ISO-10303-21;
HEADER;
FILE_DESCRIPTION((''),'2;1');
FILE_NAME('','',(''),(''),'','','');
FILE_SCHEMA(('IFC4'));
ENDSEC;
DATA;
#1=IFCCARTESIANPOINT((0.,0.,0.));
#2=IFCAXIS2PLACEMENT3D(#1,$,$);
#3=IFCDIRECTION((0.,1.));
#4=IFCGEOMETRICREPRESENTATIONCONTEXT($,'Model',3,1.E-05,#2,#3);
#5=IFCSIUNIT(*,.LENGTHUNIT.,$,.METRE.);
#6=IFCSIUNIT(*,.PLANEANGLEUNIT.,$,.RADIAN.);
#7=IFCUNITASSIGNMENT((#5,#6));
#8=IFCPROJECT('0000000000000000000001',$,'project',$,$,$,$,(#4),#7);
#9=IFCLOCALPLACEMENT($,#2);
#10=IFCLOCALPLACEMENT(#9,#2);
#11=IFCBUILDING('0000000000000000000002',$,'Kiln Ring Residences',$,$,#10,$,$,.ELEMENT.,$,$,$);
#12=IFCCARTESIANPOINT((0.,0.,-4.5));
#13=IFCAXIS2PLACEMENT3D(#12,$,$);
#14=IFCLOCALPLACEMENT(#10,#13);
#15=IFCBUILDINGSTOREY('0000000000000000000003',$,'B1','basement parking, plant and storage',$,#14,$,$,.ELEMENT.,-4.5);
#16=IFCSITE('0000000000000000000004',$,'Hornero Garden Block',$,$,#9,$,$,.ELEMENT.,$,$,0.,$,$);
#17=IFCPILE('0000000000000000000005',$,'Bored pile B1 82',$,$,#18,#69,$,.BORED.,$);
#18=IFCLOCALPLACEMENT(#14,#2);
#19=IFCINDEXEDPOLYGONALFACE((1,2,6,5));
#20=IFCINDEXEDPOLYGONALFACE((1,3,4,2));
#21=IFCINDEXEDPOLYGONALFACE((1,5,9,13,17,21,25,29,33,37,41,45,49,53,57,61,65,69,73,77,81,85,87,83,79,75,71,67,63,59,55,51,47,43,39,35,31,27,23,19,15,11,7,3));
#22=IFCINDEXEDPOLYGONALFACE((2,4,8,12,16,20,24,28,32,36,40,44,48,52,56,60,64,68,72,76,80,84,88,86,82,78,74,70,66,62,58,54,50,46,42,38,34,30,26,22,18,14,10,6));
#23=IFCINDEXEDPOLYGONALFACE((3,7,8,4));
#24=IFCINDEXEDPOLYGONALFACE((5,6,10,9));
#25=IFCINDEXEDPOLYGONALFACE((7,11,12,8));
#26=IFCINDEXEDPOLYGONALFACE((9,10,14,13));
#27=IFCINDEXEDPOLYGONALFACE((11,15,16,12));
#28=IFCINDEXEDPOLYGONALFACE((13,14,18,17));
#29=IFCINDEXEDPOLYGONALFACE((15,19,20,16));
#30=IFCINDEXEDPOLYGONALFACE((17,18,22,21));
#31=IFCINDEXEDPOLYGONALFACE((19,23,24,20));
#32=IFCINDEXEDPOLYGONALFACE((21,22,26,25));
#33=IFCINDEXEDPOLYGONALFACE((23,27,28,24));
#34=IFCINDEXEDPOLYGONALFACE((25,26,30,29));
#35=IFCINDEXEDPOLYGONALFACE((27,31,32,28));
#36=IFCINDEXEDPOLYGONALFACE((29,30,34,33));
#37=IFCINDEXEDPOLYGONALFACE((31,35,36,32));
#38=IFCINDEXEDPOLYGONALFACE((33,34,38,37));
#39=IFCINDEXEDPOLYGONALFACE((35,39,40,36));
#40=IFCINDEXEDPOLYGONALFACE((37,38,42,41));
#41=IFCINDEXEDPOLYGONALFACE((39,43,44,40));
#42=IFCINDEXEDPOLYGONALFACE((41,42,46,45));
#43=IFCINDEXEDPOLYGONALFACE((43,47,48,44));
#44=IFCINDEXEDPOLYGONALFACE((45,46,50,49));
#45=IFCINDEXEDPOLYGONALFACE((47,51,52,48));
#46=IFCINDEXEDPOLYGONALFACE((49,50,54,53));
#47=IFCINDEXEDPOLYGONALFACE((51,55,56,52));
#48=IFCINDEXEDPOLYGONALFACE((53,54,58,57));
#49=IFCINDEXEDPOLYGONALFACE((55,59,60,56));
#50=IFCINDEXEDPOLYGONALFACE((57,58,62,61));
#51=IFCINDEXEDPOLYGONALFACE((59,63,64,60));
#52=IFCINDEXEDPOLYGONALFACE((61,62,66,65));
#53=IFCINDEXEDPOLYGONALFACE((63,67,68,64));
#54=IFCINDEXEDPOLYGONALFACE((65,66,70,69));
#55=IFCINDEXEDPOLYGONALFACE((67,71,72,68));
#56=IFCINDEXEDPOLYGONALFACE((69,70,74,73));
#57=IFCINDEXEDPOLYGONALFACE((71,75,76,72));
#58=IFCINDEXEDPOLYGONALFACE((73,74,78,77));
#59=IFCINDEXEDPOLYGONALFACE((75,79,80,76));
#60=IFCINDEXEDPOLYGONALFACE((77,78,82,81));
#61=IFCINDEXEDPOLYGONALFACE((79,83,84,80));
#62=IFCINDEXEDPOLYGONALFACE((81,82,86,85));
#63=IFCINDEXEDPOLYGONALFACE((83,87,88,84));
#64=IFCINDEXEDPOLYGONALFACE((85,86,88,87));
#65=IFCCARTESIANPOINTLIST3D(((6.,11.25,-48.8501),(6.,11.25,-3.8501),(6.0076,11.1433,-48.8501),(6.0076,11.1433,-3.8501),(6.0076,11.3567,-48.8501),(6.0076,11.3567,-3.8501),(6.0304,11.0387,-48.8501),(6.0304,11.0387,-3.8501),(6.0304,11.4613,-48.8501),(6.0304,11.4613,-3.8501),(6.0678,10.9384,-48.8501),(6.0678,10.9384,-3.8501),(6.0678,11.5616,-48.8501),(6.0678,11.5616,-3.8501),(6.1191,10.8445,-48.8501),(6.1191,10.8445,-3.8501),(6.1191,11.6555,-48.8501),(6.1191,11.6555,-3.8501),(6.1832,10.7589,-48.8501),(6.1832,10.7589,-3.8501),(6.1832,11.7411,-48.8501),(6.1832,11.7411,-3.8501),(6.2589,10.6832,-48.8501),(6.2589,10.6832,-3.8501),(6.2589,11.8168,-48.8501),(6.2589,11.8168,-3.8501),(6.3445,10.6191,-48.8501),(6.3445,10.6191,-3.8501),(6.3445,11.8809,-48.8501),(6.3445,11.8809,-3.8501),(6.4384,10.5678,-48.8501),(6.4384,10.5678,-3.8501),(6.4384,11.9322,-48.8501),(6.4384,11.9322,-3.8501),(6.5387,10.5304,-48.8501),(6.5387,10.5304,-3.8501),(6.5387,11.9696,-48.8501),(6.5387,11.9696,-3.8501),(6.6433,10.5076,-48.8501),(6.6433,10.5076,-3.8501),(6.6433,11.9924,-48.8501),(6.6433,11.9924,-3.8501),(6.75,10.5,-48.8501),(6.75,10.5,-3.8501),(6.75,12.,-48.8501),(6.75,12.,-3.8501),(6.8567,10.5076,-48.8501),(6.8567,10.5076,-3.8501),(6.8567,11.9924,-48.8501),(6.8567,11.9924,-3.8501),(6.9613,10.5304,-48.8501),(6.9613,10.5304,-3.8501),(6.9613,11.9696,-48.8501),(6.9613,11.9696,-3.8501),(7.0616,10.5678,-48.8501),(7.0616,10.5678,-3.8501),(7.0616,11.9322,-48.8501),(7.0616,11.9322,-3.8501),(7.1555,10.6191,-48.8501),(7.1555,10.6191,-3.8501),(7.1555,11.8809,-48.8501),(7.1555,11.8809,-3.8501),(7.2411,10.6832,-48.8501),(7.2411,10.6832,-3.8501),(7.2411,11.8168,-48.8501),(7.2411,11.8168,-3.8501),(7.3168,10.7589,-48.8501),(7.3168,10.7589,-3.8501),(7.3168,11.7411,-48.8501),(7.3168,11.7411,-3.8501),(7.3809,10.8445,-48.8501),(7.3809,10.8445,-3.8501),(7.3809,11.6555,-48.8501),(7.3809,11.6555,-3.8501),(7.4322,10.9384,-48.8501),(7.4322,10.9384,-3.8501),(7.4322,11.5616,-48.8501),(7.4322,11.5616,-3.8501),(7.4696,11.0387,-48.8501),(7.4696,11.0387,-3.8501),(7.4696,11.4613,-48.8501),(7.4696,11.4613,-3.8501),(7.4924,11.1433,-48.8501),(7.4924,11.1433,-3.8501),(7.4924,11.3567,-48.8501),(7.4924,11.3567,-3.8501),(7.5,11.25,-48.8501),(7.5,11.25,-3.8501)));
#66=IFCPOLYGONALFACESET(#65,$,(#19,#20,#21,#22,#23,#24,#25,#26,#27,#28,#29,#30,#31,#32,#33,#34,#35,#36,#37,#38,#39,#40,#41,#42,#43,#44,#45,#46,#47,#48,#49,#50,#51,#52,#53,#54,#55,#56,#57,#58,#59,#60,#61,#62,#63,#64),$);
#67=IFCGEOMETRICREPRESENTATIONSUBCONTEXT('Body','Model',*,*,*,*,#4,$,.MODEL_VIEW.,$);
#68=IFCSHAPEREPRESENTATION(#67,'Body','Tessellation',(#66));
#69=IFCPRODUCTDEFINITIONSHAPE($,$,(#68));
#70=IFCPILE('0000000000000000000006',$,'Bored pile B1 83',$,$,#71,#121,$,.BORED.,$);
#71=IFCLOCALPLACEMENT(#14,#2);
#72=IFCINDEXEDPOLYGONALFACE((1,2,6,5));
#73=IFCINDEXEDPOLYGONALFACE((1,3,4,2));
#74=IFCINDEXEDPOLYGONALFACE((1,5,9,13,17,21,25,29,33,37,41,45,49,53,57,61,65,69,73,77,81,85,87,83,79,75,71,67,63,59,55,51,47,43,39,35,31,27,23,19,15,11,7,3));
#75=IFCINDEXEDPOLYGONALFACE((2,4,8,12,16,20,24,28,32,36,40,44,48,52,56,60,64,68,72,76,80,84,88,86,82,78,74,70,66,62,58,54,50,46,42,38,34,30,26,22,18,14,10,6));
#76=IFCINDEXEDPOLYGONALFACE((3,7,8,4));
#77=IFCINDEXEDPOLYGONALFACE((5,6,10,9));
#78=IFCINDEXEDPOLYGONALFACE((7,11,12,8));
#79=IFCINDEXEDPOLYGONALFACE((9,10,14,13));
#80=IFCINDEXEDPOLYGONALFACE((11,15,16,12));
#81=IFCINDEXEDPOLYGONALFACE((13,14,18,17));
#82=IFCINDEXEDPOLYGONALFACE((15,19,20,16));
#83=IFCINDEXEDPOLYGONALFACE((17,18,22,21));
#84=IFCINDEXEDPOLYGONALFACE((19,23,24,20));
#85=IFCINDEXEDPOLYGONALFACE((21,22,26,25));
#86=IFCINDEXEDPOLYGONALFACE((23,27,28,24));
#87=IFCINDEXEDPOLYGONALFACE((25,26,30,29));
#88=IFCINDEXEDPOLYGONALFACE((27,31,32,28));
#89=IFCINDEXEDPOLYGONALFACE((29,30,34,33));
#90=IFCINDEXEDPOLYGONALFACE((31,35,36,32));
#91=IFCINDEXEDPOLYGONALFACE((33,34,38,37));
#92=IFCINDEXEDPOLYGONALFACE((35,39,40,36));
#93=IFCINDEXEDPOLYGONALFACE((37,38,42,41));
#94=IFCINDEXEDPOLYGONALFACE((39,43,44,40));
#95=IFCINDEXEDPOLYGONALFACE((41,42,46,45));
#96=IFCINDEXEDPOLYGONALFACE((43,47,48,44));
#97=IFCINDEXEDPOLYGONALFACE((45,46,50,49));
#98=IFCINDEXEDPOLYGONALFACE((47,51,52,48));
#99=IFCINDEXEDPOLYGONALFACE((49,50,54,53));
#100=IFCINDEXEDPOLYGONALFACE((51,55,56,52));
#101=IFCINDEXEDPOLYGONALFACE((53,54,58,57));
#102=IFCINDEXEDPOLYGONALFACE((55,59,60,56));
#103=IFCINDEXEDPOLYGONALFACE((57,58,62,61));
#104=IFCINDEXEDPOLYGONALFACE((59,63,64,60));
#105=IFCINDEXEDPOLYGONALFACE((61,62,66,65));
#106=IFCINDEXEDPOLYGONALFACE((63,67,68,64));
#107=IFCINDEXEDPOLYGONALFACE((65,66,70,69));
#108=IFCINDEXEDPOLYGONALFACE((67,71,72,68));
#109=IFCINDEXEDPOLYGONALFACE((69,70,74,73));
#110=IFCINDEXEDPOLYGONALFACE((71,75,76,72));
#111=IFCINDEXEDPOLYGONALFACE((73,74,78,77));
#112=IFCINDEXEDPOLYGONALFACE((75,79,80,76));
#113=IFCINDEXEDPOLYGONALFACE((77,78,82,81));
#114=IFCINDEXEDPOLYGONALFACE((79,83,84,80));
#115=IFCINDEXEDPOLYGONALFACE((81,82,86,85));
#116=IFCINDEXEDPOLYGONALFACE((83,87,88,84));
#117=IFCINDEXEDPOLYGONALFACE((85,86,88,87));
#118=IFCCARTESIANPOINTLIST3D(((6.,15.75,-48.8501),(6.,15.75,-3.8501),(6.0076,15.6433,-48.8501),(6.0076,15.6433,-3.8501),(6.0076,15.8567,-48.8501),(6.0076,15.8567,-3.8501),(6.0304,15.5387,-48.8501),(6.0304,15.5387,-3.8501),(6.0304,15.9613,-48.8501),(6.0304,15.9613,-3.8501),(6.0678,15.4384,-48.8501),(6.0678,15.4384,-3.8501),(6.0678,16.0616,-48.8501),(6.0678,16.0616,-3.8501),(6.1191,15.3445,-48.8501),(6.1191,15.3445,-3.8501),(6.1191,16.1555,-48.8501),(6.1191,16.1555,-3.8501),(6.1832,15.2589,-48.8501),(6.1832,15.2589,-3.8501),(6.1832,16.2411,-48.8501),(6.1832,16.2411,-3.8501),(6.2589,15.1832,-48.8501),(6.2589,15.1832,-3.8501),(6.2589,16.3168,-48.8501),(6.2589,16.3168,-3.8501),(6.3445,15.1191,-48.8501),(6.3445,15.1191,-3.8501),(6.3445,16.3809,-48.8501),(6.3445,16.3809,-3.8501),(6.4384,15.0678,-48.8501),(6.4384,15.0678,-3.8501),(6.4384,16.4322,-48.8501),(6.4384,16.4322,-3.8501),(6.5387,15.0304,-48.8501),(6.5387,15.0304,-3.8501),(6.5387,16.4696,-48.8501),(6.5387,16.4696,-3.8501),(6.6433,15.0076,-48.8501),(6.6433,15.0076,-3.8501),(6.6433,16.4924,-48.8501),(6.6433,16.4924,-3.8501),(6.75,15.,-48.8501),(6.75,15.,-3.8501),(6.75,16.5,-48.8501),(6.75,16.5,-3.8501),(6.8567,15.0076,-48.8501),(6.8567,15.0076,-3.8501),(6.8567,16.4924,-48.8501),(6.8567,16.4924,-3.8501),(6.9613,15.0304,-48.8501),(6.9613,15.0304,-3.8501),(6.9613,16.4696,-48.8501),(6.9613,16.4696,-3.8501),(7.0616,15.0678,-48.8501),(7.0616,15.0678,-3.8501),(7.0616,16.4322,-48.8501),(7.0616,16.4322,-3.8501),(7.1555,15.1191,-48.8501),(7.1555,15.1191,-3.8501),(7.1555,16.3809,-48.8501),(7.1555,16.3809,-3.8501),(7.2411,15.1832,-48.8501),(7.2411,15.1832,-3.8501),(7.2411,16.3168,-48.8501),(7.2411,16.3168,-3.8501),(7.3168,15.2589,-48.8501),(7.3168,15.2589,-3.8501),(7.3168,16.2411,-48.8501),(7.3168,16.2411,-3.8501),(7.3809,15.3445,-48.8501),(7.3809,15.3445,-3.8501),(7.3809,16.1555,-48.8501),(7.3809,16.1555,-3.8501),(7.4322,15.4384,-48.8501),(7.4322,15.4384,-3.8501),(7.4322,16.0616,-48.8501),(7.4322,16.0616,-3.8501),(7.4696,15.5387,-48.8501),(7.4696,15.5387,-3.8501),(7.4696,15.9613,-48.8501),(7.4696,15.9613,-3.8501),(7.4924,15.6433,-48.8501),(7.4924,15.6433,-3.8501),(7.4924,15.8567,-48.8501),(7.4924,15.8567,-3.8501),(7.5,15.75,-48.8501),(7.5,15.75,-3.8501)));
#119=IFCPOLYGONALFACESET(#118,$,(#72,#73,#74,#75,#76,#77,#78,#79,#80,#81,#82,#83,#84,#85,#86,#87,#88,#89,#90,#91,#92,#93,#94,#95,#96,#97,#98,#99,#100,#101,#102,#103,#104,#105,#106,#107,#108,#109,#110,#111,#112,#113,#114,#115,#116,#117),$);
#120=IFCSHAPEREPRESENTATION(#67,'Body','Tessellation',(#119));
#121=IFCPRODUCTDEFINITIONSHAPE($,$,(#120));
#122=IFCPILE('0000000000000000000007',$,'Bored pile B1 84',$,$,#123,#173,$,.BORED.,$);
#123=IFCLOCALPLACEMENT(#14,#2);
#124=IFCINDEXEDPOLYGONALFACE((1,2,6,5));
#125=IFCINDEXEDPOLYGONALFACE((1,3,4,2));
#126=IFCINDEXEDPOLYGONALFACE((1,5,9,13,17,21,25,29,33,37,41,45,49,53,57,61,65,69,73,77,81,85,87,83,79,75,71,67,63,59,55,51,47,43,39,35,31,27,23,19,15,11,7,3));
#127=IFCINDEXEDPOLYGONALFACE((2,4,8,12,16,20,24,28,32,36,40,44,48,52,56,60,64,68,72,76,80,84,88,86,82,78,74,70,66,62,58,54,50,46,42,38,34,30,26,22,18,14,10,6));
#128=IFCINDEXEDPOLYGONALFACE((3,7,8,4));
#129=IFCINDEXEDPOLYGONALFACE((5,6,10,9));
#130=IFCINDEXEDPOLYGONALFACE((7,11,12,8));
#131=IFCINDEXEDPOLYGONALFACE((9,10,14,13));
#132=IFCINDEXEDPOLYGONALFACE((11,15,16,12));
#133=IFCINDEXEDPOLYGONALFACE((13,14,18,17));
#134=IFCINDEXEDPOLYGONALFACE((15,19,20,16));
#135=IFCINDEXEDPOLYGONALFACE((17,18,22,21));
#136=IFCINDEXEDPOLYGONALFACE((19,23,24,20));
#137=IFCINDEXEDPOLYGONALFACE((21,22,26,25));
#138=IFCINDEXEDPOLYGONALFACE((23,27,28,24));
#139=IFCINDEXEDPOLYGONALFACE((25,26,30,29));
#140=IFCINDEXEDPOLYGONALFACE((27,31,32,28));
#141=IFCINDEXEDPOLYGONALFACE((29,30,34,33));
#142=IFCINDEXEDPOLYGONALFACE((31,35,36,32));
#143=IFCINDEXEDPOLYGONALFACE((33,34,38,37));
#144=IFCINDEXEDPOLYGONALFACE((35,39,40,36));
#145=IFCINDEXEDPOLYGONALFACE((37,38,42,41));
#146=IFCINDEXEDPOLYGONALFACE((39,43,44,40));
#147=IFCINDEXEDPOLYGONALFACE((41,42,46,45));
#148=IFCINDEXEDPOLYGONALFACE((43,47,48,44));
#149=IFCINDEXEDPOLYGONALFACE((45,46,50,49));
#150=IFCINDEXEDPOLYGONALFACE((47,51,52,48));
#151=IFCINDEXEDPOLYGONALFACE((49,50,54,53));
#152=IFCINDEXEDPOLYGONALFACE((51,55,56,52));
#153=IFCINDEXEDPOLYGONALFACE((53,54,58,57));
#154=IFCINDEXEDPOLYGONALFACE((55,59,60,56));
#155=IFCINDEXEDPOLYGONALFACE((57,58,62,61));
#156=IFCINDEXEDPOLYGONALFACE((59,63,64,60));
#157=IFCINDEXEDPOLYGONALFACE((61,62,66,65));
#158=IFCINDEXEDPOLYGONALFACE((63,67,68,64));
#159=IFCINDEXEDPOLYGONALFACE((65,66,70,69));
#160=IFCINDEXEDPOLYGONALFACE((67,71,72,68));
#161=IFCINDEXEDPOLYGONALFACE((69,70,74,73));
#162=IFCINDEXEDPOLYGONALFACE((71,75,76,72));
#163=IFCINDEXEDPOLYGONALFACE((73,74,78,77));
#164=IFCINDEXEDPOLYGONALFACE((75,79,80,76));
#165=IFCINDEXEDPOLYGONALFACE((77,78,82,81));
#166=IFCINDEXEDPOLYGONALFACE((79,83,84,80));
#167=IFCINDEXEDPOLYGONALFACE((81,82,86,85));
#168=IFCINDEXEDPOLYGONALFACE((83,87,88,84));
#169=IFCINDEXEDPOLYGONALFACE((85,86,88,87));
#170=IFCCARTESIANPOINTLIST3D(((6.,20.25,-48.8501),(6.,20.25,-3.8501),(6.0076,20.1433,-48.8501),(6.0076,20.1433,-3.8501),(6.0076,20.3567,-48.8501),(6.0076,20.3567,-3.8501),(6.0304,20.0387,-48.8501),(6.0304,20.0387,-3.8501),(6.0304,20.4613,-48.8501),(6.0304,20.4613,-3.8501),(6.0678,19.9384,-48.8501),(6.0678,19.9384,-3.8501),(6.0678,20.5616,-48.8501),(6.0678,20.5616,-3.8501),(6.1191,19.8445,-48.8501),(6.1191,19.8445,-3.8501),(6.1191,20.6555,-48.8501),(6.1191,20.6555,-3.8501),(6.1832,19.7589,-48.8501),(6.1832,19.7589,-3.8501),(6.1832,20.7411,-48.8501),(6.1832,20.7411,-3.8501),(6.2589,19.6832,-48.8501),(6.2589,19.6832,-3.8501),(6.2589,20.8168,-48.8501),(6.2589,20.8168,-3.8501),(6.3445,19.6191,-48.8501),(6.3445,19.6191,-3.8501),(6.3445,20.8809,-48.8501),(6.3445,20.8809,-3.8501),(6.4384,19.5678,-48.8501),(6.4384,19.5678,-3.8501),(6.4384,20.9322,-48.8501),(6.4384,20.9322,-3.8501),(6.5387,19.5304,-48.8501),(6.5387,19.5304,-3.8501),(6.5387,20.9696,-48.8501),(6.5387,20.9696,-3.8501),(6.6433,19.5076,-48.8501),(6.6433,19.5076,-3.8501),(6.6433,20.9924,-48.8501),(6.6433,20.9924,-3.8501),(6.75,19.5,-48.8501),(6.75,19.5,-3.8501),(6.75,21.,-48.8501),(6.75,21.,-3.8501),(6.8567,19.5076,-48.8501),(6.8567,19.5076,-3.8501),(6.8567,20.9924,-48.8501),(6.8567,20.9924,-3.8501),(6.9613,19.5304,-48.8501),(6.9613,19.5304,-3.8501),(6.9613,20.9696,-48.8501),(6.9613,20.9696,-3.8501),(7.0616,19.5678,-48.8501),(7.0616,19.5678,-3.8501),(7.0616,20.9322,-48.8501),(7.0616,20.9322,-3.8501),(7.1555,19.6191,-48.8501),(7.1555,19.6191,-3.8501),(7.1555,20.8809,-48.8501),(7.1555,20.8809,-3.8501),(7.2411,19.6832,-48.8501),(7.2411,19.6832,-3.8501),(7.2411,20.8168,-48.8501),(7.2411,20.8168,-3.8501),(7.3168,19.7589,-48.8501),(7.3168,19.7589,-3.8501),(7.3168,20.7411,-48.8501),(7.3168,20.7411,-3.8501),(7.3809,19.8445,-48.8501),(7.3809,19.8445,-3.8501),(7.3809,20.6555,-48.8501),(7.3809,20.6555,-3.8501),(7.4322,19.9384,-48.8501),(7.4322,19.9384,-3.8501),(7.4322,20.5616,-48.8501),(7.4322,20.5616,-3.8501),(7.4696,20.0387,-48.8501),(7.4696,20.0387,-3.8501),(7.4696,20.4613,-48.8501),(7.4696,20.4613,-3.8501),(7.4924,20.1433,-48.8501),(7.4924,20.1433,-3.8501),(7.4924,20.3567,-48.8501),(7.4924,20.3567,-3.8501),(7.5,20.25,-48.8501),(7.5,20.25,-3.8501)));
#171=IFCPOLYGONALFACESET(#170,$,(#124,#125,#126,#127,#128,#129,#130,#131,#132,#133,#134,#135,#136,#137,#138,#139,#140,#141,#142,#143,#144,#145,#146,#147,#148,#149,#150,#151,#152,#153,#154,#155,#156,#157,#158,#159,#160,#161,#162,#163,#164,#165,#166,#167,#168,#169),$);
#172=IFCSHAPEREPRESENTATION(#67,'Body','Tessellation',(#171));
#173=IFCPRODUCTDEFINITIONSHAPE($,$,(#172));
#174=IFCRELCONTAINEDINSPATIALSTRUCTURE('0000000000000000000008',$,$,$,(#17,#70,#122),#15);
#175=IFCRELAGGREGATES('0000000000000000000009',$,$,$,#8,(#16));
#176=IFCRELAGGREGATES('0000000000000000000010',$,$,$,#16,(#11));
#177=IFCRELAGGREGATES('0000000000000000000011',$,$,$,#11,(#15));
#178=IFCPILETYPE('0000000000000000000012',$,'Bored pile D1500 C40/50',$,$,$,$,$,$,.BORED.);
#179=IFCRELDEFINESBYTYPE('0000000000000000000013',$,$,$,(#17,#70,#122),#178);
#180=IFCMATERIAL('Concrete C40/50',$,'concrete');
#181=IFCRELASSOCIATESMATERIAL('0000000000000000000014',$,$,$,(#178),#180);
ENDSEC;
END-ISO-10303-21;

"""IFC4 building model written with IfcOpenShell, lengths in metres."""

from ifc_helpers import new_model, si_unit, direction, frame, origin, origin_2d, place, context, subcontext, project, spatial, circle, extrude, material, material_profile, profile_set, type_object, element, save


model = new_model("IFC4")

# Units and contexts
model_context = context("Model", 3, precision=1e-05, world=origin(), true_north=direction((0.0, 1.0)))
body_context = subcontext(model_context, "Body", "Model", "MODEL_VIEW")
ifc_project = project(units=[si_unit("LENGTHUNIT", "METRE"), si_unit("PLANEANGLEUNIT", "RADIAN")], contexts=[model_context])

# Site, building, storey
site_placement = place(None, origin())
site = spatial("IfcSite", under=ifc_project, at=site_placement, Name="Hornero Garden Block", CompositionType="ELEMENT", RefElevation=0.0)
building_placement = place(site_placement, origin())
building = spatial("IfcBuilding", under=site, at=building_placement, Name="Kiln Ring Residences", CompositionType="ELEMENT")
storey_placement = place(building_placement, frame((0.0, 0.0, -4.5)))
storey = spatial("IfcBuildingStorey", under=building, at=storey_placement, Name="B1", Description="basement parking, plant and storage", CompositionType="ELEMENT", Elevation=-4.5)

# Piles
ifc_material_1 = material(Name="Concrete C40/50", Category="concrete")
ifc_material_profile = material_profile(ifc_material_1, circle(Radius=0.75, at=origin_2d()), Name="BORED1500")
ifc_profile_set = profile_set([ifc_material_profile], Name="Concrete C40/50")
pile_type = type_object("IfcPileType", Name="Bored pile D1500 C40/50", PredefinedType="BORED", material=ifc_profile_set)
for number, where, z_axis, x_axis, name in (
    (1, (6.75, 11.25, -3.8501), (0.0, 0.0, -1.0), (1.0, 0.0, 0.0), "Bored pile B1 82"),
    (2, (6.75, 15.75, -3.8501), (0.0, 0.0, -1.0), (1.0, 0.0, 0.0), "Bored pile B1 83"),
    (3, (6.75, 20.25, -3.8501), (0.0, 0.0, -1.0), (1.0, 0.0, 0.0), "Bored pile B1 84"),
):
    element("IfcPile", number, at=place(storey_placement, frame(where, z_axis=z_axis, x_axis=x_axis)), inside=storey, type_object=pile_type, Name=name, PredefinedType="BORED", context=body_context, shape_type="SweptSolid", body=[
        extrude(circle(Radius=0.75, at=origin_2d()), origin(), (0.0, 0.0, 1.0), 45.0),
    ])

save(model, "model.ifc")
